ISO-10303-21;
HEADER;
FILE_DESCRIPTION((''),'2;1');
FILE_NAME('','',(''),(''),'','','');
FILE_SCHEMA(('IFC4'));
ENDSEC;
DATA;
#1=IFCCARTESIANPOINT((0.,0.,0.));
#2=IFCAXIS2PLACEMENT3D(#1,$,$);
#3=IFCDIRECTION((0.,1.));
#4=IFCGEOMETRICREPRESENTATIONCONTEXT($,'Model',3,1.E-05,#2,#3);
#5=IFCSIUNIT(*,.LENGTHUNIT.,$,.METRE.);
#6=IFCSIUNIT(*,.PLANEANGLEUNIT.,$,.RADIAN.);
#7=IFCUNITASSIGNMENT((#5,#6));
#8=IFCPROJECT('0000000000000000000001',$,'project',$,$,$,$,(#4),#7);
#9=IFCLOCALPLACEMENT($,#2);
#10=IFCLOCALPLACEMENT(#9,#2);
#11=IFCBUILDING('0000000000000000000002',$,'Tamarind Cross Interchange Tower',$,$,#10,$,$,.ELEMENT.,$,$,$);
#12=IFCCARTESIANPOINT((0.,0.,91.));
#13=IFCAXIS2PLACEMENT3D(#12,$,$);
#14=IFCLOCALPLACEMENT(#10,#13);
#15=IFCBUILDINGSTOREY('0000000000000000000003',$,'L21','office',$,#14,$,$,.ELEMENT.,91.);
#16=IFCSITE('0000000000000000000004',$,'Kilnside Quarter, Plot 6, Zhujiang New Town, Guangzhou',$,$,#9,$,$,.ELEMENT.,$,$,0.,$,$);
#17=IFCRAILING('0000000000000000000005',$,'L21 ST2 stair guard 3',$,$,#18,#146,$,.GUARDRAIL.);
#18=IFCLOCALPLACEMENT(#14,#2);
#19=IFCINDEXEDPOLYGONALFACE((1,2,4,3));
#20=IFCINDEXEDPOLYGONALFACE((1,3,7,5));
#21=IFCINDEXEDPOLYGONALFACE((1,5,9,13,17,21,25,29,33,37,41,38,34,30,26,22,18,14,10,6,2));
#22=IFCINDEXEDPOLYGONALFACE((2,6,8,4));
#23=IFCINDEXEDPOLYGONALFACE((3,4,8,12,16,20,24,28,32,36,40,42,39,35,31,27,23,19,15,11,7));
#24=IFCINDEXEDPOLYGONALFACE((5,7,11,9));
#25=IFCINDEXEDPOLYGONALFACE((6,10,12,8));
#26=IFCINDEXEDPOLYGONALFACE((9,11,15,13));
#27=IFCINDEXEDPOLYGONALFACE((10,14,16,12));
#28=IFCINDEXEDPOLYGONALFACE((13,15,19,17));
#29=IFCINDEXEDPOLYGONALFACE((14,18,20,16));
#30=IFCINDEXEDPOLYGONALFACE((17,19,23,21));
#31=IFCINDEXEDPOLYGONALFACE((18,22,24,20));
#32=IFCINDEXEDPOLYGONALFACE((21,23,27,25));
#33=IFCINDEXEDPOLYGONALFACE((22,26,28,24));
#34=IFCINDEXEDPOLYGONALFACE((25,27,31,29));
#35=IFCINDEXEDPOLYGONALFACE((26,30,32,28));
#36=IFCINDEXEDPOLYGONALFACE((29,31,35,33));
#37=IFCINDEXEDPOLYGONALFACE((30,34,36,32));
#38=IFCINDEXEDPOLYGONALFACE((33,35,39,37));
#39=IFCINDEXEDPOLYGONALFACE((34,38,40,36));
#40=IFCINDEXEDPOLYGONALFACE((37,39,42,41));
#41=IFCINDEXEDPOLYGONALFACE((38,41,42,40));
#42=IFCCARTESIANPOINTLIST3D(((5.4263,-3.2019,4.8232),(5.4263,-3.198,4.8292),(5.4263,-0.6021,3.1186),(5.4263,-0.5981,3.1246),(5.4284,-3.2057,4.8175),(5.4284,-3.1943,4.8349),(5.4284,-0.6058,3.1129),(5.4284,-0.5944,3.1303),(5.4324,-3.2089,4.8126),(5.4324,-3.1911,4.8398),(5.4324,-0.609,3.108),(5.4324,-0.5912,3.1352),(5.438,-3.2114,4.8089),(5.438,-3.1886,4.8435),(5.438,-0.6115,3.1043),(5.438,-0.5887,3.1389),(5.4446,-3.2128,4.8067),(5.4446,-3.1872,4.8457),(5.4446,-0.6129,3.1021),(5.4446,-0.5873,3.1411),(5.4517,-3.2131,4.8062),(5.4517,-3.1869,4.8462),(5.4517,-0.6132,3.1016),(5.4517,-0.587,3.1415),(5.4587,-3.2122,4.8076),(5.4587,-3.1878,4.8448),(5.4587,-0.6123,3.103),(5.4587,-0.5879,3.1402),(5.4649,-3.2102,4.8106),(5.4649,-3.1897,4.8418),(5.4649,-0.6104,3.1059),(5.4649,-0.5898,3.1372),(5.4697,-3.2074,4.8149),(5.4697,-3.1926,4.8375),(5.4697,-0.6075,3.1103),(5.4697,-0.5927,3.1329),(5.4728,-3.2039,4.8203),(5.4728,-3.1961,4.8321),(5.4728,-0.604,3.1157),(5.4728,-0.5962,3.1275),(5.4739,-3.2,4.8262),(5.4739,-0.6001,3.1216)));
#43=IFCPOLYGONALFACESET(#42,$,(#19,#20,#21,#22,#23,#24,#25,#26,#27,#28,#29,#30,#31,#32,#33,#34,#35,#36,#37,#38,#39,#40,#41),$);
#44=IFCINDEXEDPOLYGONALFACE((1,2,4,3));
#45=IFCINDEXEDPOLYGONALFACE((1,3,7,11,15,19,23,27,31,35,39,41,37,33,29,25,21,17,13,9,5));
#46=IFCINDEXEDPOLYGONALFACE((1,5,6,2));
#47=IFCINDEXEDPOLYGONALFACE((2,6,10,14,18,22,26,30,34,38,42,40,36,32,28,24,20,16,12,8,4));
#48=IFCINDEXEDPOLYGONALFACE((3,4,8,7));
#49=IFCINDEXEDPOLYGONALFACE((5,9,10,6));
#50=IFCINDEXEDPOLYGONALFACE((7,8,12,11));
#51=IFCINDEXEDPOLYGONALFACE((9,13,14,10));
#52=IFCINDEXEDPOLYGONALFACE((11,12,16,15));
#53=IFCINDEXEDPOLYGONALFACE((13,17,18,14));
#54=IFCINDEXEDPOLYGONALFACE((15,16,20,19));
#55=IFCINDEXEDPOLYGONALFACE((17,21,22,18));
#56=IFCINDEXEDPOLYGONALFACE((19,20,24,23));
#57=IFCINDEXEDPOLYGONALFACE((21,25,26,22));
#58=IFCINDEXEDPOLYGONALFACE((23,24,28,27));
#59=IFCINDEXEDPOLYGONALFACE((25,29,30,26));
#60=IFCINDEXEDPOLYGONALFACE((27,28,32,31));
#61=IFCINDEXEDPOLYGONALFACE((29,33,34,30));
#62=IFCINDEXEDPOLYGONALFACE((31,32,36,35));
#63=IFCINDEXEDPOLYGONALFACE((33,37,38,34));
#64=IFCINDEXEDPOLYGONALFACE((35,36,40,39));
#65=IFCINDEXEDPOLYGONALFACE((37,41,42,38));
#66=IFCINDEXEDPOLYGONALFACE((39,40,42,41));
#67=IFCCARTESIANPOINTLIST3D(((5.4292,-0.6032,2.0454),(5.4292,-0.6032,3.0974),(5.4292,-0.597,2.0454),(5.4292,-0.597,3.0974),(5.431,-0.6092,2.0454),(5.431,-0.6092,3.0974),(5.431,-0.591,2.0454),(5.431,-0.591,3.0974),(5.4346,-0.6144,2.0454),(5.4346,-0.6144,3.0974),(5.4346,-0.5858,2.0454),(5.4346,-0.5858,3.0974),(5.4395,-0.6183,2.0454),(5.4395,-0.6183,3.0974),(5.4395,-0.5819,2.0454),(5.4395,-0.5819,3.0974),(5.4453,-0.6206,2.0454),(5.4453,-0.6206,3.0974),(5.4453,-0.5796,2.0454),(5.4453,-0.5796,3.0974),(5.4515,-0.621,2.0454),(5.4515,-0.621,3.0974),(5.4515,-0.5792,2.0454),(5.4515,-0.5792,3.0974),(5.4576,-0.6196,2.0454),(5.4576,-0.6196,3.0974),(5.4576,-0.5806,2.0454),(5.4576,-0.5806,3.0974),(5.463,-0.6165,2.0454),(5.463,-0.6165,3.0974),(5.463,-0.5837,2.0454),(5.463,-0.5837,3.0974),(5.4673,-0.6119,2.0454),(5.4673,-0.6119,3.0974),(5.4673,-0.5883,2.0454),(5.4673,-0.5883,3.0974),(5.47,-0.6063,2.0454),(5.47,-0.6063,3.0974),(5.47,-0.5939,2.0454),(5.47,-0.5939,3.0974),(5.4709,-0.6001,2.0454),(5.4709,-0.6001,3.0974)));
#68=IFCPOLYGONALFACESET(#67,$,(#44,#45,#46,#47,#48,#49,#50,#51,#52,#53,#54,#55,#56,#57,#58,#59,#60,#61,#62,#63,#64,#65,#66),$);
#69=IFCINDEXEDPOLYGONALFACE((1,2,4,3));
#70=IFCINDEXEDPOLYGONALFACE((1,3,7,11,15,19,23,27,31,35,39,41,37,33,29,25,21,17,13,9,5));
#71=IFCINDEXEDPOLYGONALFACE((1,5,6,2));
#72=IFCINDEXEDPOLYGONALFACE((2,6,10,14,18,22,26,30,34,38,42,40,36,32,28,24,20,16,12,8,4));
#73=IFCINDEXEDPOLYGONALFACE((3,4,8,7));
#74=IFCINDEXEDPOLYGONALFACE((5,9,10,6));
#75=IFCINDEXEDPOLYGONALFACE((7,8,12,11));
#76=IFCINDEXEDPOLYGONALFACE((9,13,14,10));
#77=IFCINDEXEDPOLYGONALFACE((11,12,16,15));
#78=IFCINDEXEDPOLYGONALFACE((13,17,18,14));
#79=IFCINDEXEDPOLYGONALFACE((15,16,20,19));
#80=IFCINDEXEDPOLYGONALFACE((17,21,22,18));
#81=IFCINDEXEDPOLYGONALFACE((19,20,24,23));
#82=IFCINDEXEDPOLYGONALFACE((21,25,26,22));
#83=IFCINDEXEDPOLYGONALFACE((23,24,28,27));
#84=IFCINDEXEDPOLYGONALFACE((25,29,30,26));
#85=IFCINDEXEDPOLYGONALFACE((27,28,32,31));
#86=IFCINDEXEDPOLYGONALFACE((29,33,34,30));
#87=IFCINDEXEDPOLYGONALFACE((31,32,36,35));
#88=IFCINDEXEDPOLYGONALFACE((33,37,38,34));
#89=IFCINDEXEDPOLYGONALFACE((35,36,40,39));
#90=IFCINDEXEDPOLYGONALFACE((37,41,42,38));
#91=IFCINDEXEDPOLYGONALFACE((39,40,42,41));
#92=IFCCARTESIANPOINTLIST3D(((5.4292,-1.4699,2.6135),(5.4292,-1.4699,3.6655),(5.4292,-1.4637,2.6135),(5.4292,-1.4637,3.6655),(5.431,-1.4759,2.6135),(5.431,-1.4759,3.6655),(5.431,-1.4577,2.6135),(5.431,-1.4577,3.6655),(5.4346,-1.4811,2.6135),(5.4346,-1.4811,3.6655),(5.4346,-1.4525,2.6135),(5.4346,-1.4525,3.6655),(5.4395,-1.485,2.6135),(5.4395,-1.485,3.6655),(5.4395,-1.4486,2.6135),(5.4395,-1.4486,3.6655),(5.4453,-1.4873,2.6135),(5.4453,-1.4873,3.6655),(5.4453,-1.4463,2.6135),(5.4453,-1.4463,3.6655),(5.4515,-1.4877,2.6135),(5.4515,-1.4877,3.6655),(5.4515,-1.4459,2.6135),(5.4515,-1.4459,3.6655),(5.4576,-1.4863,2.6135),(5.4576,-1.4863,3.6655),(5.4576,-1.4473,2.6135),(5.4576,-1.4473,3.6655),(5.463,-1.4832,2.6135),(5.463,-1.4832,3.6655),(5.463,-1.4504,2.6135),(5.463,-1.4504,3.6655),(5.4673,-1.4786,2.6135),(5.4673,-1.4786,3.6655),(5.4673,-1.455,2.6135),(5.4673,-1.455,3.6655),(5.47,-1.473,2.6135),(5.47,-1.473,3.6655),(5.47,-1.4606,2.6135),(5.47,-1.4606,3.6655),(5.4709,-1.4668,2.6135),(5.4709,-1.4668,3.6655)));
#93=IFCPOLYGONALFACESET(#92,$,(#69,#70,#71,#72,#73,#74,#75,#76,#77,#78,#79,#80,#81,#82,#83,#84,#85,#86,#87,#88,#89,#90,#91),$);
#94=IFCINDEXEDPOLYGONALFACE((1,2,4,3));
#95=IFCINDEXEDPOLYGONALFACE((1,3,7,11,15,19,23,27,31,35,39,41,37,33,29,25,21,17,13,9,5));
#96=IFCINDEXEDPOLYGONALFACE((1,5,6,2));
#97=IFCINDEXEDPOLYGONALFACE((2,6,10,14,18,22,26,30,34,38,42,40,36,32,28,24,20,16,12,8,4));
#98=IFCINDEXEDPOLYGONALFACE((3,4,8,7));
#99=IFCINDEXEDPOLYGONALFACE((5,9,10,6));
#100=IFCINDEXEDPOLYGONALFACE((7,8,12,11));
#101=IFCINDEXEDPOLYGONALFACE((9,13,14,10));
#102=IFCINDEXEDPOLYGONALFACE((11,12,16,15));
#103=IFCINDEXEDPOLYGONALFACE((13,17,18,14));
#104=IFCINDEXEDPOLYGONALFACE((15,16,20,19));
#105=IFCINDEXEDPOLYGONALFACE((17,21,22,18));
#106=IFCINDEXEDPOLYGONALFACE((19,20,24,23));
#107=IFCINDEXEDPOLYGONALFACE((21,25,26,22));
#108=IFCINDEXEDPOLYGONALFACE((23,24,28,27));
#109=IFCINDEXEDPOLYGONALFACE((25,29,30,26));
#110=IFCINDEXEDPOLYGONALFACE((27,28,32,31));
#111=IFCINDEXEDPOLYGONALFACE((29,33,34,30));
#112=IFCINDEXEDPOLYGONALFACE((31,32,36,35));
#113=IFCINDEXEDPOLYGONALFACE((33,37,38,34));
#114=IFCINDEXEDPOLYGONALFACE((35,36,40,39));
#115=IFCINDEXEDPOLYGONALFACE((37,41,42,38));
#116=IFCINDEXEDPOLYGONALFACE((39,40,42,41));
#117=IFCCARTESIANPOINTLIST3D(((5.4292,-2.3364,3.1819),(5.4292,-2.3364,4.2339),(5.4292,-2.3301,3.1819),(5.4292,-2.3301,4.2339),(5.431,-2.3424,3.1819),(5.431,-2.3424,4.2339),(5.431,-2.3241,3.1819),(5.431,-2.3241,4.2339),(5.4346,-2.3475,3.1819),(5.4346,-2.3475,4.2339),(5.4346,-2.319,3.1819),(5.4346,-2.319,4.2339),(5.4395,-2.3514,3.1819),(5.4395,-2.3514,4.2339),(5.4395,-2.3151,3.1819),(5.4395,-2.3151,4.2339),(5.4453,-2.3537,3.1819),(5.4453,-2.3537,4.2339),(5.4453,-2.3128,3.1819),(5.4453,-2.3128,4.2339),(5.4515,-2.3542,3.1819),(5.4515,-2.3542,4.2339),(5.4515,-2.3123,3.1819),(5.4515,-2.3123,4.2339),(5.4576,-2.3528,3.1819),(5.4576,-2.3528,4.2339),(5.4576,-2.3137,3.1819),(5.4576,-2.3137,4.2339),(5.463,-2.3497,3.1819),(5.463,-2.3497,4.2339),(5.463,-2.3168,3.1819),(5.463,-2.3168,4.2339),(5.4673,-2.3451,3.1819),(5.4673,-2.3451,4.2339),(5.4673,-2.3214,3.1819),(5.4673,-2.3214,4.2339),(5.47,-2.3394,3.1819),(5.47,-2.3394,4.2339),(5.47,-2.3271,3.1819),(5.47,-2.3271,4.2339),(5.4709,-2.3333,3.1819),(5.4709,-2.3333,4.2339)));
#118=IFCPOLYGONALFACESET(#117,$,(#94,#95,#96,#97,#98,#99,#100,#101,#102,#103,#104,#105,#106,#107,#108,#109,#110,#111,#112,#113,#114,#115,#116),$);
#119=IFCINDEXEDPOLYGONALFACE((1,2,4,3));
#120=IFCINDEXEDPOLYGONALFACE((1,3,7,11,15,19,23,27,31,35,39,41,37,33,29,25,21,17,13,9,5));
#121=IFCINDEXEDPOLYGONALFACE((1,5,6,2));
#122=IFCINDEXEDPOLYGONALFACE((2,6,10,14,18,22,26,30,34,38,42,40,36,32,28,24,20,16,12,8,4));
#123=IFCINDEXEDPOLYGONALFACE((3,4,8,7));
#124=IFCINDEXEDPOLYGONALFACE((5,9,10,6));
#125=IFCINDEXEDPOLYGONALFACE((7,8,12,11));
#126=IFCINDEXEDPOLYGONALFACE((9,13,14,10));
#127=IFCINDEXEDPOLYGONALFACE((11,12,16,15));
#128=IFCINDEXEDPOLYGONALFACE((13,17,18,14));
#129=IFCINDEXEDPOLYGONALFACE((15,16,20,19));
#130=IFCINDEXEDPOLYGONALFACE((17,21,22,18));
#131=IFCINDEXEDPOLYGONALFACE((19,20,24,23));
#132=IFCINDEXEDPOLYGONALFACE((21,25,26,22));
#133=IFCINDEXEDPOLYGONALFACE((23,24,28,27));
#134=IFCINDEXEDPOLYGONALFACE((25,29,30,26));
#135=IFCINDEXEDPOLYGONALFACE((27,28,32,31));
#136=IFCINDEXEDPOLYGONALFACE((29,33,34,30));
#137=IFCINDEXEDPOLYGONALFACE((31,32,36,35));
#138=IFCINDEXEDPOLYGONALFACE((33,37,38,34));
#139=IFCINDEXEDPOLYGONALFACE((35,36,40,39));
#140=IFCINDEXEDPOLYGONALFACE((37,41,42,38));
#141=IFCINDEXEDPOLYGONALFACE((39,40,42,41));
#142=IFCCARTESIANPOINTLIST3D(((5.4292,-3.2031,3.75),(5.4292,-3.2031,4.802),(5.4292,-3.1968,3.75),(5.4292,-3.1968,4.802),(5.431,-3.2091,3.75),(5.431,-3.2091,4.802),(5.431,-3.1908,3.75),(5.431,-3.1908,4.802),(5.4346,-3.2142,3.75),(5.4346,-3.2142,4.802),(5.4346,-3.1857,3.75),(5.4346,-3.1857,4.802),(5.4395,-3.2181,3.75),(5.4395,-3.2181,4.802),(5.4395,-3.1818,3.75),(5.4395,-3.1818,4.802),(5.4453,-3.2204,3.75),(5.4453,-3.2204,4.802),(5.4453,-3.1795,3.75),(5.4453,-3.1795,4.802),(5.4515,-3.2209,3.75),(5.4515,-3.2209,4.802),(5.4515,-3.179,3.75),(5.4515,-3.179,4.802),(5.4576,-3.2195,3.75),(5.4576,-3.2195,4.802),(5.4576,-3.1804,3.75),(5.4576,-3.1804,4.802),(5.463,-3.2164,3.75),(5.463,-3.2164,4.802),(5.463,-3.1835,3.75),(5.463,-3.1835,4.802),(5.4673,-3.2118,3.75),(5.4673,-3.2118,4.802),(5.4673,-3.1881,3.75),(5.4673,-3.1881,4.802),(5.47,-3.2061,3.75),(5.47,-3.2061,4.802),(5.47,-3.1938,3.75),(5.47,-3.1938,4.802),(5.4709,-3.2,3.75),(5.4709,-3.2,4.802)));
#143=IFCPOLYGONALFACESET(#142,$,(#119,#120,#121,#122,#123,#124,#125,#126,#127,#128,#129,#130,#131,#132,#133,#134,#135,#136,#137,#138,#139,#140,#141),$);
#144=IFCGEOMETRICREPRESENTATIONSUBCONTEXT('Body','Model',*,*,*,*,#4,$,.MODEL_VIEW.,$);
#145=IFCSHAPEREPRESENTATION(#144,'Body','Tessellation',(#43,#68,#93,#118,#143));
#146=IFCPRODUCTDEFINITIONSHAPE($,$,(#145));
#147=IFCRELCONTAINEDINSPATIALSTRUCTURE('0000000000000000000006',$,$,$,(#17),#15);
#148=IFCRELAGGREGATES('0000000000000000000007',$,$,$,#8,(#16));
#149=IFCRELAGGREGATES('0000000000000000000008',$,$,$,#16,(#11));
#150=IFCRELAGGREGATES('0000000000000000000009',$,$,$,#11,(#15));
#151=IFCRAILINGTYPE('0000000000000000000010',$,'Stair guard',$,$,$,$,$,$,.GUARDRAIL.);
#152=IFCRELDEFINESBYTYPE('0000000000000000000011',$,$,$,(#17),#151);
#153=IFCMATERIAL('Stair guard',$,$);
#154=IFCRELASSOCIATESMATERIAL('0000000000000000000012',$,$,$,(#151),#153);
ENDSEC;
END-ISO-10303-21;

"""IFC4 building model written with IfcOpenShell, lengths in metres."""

from ifc_helpers import new_model, si_unit, direction, frame, origin, origin_2d, place, context, subcontext, project, spatial, circle, extrude, material, type_object, element, save


model = new_model("IFC4")

# Units and contexts
model_context = context("Model", 3, precision=1e-05, world=origin(), true_north=direction((0.0, 1.0)))
body_context = subcontext(model_context, "Body", "Model", "MODEL_VIEW")
ifc_project = project(units=[si_unit("LENGTHUNIT", "METRE"), si_unit("PLANEANGLEUNIT", "RADIAN")], contexts=[model_context])

# Site, building, storey
site_placement = place(None, origin())
site = spatial("IfcSite", under=ifc_project, at=site_placement, Name="Kilnside Quarter, Plot 6, Zhujiang New Town, Guangzhou", CompositionType="ELEMENT", RefElevation=0.0)
building_placement = place(site_placement, origin())
building = spatial("IfcBuilding", under=site, at=building_placement, Name="Tamarind Cross Interchange Tower", CompositionType="ELEMENT")
storey_placement = place(building_placement, frame((0.0, 0.0, 91.0)))
storey = spatial("IfcBuildingStorey", under=building, at=storey_placement, Name="L21", Description="office", CompositionType="ELEMENT", Elevation=91.0)

# Railing
ifc_material_1 = material(Name="Stair guard")
railing_type_1 = type_object("IfcRailingType", Name="Stair guard", PredefinedType="GUARDRAIL", material=ifc_material_1)
railing_1_placement = place(storey_placement, frame((5.45, -0.6001, 2.0454)))
element("IfcRailing", 1, at=railing_1_placement, inside=storey, type_object=railing_type_1, Name="L21 ST2 stair guard 3", PredefinedType="GUARDRAIL", context=body_context, shape_type="SweptSolid", body=[
    extrude(circle(Radius=0.0239, at=origin_2d()), frame((0.0, 0.0, 1.0762), z_axis=(0.0, -0.836279, 0.548305), x_axis=(1.0, 0.0, 0.0)), (0.0, 0.0, 1.0), 3.1089),
    extrude(circle(Radius=0.021, at=origin_2d()), origin(), (0.0, 0.0, 1.0), 1.052),
    extrude(circle(Radius=0.021, at=origin_2d()), frame((0.0, -0.8667, 0.5681)), (0.0, 0.0, 1.0), 1.052),
    extrude(circle(Radius=0.021, at=origin_2d()), frame((0.0, -1.7332, 1.1365)), (0.0, 0.0, 1.0), 1.052),
    extrude(circle(Radius=0.021, at=origin_2d()), frame((0.0, -2.5999, 1.7046)), (0.0, 0.0, 1.0), 1.052),
])

save(model, "model.ifc")
